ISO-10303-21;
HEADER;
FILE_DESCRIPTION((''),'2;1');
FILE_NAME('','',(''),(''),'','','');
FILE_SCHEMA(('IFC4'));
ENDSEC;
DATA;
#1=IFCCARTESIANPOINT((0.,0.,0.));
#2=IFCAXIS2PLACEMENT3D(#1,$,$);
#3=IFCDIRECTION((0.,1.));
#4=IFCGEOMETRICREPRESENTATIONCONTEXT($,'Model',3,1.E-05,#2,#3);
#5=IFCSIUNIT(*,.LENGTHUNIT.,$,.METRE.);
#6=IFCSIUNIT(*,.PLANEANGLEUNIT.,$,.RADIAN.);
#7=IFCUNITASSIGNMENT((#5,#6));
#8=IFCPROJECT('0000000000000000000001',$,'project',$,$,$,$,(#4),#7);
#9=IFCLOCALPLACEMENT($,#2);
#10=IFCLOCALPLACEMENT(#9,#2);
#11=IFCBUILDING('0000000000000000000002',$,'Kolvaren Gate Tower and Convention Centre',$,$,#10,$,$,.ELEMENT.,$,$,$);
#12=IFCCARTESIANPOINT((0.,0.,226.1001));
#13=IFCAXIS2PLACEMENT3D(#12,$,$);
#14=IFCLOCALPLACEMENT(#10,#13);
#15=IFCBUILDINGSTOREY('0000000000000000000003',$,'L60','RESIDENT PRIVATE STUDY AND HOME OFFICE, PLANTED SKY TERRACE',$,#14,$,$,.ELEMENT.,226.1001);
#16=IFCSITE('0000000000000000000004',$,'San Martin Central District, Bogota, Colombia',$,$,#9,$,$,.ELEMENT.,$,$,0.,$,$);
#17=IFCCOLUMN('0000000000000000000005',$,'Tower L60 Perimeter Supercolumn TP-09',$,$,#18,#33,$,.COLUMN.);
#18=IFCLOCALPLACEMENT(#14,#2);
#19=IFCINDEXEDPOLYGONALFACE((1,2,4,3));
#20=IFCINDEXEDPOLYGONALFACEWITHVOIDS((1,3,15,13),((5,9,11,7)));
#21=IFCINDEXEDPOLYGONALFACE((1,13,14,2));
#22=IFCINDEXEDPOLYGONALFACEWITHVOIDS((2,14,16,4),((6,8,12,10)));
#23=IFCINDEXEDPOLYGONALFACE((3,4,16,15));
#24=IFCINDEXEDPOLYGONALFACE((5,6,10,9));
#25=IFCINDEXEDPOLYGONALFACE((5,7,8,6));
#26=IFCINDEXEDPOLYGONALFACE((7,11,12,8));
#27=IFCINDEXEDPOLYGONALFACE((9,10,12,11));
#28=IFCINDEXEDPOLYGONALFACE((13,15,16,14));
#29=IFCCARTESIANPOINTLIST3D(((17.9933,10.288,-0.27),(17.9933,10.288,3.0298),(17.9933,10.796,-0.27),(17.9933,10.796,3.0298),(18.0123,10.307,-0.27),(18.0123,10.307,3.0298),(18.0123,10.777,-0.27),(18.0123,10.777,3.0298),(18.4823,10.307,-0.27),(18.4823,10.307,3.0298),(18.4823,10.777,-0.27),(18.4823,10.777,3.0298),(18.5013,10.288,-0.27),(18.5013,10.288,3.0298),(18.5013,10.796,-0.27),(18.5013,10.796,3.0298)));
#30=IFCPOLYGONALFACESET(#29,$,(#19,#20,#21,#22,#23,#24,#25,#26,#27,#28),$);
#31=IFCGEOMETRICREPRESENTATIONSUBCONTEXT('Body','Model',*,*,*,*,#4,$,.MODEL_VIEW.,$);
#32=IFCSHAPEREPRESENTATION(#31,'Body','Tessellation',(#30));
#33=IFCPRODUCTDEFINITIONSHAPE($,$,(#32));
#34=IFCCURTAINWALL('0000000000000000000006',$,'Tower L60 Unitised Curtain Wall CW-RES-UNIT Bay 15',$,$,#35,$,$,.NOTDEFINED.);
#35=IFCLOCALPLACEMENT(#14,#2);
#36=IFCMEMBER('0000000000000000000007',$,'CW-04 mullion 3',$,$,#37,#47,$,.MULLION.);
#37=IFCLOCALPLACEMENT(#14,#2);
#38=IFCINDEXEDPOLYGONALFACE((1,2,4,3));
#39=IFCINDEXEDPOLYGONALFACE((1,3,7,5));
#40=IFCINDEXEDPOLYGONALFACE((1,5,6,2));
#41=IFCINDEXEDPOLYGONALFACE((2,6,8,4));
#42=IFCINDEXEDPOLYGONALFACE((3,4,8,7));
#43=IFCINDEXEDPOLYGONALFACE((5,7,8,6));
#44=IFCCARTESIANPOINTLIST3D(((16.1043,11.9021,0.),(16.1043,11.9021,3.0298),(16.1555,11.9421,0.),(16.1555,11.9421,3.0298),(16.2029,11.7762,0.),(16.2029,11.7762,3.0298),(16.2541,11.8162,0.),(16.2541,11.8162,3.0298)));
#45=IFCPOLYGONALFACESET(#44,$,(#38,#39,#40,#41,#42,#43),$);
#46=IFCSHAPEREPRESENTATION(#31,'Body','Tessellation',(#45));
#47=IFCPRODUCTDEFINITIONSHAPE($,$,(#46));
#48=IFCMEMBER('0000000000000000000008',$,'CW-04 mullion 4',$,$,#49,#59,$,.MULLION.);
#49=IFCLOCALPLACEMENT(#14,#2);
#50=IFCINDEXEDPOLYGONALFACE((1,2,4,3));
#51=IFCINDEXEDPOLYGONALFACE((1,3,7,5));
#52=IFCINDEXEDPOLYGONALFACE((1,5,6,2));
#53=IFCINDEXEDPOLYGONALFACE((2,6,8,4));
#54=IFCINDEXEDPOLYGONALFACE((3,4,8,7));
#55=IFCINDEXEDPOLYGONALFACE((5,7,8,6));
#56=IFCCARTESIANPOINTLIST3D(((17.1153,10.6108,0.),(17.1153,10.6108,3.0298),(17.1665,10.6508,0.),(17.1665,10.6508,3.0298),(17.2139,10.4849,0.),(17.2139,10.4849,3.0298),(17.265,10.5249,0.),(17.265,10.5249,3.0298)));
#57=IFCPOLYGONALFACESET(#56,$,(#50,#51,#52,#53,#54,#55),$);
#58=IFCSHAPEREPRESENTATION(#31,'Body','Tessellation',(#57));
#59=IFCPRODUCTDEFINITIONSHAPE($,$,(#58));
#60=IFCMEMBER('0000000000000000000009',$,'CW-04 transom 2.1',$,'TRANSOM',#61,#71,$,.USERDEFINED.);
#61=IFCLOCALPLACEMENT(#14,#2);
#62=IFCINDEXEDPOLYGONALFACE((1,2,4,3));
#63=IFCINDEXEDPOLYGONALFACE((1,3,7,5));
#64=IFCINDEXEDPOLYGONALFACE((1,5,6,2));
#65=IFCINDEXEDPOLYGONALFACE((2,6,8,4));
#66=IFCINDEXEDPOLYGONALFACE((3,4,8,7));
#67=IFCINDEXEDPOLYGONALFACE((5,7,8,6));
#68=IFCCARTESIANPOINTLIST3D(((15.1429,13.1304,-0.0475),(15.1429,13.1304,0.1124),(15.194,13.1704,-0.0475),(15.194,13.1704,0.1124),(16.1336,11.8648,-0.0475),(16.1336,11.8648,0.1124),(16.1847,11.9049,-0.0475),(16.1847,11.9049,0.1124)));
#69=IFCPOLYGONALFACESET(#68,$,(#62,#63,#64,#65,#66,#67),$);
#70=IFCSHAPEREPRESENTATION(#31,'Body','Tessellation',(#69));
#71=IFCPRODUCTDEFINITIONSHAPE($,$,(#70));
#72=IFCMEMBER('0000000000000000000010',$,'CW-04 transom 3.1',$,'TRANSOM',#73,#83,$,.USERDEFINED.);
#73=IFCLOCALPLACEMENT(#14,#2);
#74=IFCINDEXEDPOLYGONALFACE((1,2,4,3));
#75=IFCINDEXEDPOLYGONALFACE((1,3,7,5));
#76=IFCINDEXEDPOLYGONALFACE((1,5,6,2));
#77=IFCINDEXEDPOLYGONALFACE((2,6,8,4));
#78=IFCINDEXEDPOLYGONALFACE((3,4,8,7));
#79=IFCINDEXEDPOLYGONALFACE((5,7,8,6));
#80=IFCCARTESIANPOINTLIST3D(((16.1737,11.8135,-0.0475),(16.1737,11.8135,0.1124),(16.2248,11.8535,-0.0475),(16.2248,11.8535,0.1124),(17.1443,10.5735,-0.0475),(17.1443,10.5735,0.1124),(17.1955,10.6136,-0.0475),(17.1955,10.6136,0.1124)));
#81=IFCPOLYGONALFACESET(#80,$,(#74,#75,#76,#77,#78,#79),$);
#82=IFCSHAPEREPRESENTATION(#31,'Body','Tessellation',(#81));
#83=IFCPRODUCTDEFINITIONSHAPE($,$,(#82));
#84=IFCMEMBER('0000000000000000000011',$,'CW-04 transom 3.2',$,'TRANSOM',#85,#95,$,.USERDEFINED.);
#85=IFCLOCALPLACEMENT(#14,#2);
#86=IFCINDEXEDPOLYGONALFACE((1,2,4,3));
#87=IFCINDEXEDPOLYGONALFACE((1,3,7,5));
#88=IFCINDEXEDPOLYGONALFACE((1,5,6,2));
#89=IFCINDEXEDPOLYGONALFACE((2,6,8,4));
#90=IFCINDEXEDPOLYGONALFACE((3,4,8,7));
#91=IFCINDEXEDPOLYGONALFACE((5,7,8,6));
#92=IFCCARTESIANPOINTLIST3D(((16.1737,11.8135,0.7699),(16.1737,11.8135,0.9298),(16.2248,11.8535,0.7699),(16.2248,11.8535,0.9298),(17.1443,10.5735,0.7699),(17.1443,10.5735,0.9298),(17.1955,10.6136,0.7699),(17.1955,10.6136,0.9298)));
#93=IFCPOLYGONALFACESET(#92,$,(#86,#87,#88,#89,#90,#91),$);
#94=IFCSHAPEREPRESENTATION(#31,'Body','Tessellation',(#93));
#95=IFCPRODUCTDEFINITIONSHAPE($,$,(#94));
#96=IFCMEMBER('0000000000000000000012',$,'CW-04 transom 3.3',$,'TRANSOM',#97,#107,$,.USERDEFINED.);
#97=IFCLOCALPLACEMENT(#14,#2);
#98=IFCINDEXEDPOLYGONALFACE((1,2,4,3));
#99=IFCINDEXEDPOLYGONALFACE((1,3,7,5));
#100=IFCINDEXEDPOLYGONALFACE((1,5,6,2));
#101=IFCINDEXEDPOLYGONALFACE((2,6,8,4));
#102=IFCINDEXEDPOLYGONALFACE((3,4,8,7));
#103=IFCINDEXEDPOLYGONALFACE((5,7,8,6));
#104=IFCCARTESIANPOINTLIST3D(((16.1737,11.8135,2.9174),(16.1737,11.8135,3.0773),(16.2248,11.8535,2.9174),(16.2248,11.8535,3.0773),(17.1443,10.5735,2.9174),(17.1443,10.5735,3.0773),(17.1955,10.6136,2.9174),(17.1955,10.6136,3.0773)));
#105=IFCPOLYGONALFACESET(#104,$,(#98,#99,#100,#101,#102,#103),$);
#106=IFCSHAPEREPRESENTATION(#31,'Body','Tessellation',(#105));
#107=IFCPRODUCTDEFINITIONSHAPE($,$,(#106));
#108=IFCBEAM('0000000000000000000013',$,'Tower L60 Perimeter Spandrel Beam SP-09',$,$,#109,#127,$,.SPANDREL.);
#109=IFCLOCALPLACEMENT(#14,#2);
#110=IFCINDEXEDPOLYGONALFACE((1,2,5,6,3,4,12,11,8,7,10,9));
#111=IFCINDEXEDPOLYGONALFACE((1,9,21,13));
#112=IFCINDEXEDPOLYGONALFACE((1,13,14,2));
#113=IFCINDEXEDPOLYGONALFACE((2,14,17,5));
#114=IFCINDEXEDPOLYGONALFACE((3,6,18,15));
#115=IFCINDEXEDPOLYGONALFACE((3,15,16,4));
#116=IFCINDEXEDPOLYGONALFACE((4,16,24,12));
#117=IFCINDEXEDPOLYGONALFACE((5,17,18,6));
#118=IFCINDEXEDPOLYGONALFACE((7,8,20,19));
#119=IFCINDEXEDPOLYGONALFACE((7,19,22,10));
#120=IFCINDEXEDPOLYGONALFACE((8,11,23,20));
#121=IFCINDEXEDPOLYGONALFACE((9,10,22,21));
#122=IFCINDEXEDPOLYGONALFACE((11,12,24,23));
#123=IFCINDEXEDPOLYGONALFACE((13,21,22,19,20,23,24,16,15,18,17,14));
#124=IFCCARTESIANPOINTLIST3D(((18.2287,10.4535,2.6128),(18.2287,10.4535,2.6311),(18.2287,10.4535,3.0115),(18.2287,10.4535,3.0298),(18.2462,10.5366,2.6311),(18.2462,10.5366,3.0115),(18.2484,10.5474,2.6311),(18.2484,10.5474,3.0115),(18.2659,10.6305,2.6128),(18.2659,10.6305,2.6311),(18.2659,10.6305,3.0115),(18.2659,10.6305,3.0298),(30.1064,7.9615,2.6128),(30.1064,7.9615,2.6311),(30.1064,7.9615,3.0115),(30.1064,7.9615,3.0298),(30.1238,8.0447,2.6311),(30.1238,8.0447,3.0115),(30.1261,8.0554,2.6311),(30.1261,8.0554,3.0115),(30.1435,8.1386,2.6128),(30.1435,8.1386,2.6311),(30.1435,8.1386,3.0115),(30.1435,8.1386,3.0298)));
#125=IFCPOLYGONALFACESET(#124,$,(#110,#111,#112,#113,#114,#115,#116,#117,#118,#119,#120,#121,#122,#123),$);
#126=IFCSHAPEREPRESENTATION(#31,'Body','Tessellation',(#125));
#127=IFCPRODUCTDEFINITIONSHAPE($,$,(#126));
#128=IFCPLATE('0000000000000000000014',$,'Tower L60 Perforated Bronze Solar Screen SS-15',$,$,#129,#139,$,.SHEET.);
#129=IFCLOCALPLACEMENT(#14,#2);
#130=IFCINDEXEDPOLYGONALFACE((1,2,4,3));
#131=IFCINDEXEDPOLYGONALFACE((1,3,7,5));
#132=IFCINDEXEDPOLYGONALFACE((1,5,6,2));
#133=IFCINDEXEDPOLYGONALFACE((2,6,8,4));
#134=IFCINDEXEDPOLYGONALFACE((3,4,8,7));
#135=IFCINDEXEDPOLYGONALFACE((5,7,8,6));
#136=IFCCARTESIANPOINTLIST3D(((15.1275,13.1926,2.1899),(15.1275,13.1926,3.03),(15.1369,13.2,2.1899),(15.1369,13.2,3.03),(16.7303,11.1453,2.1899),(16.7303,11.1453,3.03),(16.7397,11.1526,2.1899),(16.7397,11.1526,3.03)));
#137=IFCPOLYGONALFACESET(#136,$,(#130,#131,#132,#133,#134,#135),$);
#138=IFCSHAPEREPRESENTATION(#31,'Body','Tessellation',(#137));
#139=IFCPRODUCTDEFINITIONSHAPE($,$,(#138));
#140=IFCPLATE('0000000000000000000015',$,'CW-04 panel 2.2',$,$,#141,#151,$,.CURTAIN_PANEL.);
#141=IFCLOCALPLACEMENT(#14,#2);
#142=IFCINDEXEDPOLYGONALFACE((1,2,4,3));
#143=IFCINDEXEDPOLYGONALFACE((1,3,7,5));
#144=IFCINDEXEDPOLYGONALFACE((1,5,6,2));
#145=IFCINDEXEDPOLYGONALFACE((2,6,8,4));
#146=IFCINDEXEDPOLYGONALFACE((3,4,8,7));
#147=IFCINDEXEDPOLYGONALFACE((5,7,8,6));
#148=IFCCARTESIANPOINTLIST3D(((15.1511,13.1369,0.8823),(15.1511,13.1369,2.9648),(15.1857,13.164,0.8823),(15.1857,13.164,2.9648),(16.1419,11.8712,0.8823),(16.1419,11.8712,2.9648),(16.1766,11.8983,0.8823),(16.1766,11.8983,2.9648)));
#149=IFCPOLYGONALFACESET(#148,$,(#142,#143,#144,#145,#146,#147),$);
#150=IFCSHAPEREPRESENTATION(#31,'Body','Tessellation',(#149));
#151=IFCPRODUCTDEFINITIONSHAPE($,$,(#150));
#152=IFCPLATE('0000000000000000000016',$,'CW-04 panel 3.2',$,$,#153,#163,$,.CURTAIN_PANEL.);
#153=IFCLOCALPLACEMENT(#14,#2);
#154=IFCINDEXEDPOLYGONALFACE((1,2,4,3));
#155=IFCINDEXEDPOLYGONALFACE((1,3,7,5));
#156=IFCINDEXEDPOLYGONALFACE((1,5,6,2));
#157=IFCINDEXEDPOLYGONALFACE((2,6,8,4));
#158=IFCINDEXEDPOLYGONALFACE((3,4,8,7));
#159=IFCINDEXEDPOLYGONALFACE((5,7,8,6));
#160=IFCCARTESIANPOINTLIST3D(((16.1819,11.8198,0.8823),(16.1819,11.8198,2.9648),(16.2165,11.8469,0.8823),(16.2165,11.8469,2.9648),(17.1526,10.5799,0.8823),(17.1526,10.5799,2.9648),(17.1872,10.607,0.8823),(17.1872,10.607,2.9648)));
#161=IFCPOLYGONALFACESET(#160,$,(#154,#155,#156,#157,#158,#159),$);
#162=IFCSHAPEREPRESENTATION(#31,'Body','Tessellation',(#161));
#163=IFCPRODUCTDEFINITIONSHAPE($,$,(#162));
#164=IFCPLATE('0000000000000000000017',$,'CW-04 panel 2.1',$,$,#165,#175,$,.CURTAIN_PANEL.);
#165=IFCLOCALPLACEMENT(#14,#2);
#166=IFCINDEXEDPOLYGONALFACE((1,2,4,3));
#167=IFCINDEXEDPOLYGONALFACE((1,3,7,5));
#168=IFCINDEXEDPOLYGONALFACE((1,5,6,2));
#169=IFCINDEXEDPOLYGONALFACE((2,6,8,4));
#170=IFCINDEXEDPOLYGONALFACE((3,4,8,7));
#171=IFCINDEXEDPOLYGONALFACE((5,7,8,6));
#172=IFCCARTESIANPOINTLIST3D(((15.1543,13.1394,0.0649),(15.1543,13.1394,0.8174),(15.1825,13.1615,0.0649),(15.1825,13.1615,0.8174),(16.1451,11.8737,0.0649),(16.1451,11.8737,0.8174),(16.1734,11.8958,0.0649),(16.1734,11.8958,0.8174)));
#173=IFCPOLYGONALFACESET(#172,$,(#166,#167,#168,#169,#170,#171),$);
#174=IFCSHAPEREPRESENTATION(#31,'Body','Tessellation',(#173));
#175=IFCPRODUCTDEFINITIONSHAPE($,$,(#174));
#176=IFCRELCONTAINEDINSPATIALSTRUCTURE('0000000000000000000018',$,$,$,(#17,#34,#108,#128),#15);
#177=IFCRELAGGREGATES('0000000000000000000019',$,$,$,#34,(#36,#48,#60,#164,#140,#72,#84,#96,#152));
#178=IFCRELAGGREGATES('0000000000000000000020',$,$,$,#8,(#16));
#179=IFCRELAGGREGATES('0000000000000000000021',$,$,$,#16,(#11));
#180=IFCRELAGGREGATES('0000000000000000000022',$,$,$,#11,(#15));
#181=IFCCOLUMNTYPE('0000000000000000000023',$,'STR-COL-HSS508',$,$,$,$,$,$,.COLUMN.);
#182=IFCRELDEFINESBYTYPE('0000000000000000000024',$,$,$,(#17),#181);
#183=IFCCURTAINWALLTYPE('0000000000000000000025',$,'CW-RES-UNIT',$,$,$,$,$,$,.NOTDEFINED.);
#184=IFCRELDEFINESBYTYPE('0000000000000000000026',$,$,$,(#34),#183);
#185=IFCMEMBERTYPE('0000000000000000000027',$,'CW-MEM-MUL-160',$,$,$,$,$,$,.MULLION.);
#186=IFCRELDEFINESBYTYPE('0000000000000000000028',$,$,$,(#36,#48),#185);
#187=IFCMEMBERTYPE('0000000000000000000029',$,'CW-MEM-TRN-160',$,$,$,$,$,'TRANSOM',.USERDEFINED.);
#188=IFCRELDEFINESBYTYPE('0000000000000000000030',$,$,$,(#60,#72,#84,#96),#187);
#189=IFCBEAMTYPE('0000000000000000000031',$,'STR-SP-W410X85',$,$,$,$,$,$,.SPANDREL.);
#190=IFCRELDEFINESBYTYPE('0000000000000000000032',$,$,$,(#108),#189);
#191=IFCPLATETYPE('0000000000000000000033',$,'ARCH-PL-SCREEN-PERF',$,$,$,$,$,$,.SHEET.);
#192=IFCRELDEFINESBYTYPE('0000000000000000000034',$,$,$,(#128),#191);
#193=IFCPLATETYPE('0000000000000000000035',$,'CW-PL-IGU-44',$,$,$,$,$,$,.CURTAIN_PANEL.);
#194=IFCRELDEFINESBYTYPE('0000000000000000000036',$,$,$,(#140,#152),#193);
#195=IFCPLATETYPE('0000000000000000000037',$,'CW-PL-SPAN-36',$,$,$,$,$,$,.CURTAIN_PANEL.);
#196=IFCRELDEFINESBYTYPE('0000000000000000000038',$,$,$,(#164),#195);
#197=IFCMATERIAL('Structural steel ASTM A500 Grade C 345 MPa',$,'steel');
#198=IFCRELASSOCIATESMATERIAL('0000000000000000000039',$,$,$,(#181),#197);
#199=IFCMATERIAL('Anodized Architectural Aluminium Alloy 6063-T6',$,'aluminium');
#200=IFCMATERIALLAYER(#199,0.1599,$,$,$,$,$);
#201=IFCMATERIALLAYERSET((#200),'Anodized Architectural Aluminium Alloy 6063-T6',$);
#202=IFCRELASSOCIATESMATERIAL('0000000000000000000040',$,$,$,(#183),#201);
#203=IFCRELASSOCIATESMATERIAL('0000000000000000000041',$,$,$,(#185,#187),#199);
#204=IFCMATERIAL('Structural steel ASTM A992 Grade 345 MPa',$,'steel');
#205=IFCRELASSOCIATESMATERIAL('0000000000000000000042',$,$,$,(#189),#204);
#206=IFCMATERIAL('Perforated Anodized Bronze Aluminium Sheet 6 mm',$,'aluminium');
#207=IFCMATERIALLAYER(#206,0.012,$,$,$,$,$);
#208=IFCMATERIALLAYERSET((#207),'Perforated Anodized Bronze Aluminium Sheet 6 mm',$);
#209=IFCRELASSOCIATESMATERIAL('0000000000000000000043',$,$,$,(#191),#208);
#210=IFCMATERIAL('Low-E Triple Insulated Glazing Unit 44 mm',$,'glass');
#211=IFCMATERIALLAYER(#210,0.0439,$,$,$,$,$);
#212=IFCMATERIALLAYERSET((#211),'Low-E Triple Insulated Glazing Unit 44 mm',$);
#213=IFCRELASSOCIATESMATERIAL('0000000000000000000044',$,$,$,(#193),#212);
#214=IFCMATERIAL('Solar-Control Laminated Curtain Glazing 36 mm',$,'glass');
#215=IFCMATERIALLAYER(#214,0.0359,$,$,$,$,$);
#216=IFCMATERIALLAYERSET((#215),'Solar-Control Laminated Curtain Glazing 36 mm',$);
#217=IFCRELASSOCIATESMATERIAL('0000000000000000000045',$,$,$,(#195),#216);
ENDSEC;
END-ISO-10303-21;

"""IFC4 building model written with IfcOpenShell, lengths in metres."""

from ifc_helpers import new_model, si_unit, direction, frame, origin, origin_2d, place, context, subcontext, project, spatial, rectangle, hollow_rectangle, i_section, extrude, material, layer, layer_set, material_profile, profile_set, type_object, element, aggregate, save


model = new_model("IFC4")

# Units and contexts
model_context = context("Model", 3, precision=1e-05, world=origin(), true_north=direction((0.0, 1.0)))
body_context = subcontext(model_context, "Body", "Model", "MODEL_VIEW")
ifc_project = project(units=[si_unit("LENGTHUNIT", "METRE"), si_unit("PLANEANGLEUNIT", "RADIAN")], contexts=[model_context])

# Site, building, storey
site_placement = place(None, origin())
site = spatial("IfcSite", under=ifc_project, at=site_placement, Name="San Martin Central District, Bogota, Colombia", CompositionType="ELEMENT", RefElevation=0.0)
building_placement = place(site_placement, origin())
building = spatial("IfcBuilding", under=site, at=building_placement, Name="Kolvaren Gate Tower and Convention Centre", CompositionType="ELEMENT")
storey_placement = place(building_placement, frame((0.0, 0.0, 226.1001)))
storey = spatial("IfcBuildingStorey", under=building, at=storey_placement, Name="L60", Description="RESIDENT PRIVATE STUDY AND HOME OFFICE, PLANTED SKY TERRACE", CompositionType="ELEMENT", Elevation=226.1001)

# Column
ifc_material_1 = material(Name="Structural steel ASTM A500 Grade C 345 MPa", Category="steel")
ifc_material_profile_1 = material_profile(ifc_material_1, hollow_rectangle(XDim=0.5081, YDim=0.5081, WallThickness=0.019, at=origin_2d()), Name="HSS508X508X19.1")
ifc_profile_set_1 = profile_set([ifc_material_profile_1], Name="Structural steel ASTM A500 Grade C 345 MPa")
column_type = type_object("IfcColumnType", Name="STR-COL-HSS508", PredefinedType="COLUMN", material=ifc_profile_set_1)
column_placement = place(storey_placement, frame((18.2473, 10.542, -0.27), z_axis=(0.0, 0.0, 1.0), x_axis=(1.0, 0.0, 0.0)))
element("IfcColumn", 1, at=column_placement, inside=storey, type_object=column_type, Name="Tower L60 Perimeter Supercolumn TP-09", PredefinedType="COLUMN", context=body_context, shape_type="SweptSolid", body=[
    extrude(hollow_rectangle(XDim=0.5081, YDim=0.5081, WallThickness=0.019, at=origin_2d()), origin(), (0.0, 0.0, 1.0), 3.2998),
])

# Curtain wall, members
ifc_material_2 = material(Name="Anodized Architectural Aluminium Alloy 6063-T6", Category="aluminium")
ifc_layer_1 = layer(ifc_material_2, 0.1599)
ifc_layer_set_1 = layer_set([ifc_layer_1], Name="Anodized Architectural Aluminium Alloy 6063-T6")
curtain_wall_type = type_object("IfcCurtainWallType", Name="CW-RES-UNIT", PredefinedType="NOTDEFINED", material=ifc_layer_set_1)
curtain_wall_placement = place(storey_placement, origin())
curtain_wall = element("IfcCurtainWall", 2, at=curtain_wall_placement, inside=storey, type_object=curtain_wall_type, Name="Tower L60 Unitised Curtain Wall CW-RES-UNIT Bay 15", PredefinedType="NOTDEFINED")
ifc_material_profile_2 = material_profile(ifc_material_2, rectangle(XDim=0.0649, YDim=0.1599, at=origin_2d()), Name="CW-MEM-MUL-160")
ifc_profile_set_2 = profile_set([ifc_material_profile_2], Name="Anodized Architectural Aluminium Alloy 6063-T6")
member_type_1 = type_object("IfcMemberType", Name="CW-MEM-MUL-160", PredefinedType="MULLION", material=ifc_profile_set_2)
member_1_placement = place(storey_placement, frame((16.1792, 11.8591, 0.0), z_axis=(0.0, 0.0, 1.0), x_axis=(0.78741, 0.61643, 0.0)))
member_1 = element("IfcMember", 3, at=member_1_placement, type_object=member_type_1, Name="CW-04 mullion 3", PredefinedType="MULLION", context=body_context, shape_type="SweptSolid", body=[
    extrude(rectangle(XDim=0.0649, YDim=0.1599, at=origin_2d()), origin(), (0.0, 0.0, 1.0), 3.0298),
])
member_2_placement = place(storey_placement, frame((17.1902, 10.5679, 0.0), z_axis=(0.0, 0.0, 1.0), x_axis=(0.78741, 0.61643, 0.0)))
member_2 = element("IfcMember", 4, at=member_2_placement, type_object=member_type_1, Name="CW-04 mullion 4", PredefinedType="MULLION", context=body_context, shape_type="SweptSolid", body=[
    extrude(rectangle(XDim=0.0649, YDim=0.1599, at=origin_2d()), origin(), (0.0, 0.0, 1.0), 3.0298),
])
ifc_material_profile_3 = material_profile(ifc_material_2, rectangle(XDim=0.0649, YDim=0.1599, at=origin_2d()), Name="CW-MEM-TRN-160")
ifc_profile_set_3 = profile_set([ifc_material_profile_3], Name="Anodized Architectural Aluminium Alloy 6063-T6")
member_type_2 = type_object("IfcMemberType", Name="CW-MEM-TRN-160", ElementType="TRANSOM", PredefinedType="USERDEFINED", material=ifc_profile_set_3)
member_3_placement = place(storey_placement, frame((15.1685, 13.1504, 0.0325), z_axis=(0.616398, -0.787434, 0.0), x_axis=(0.787434, 0.616398, 0.0)))
member_3 = element("IfcMember", 5, at=member_3_placement, type_object=member_type_2, Name="CW-04 transom 2.1", ObjectType="TRANSOM", PredefinedType="USERDEFINED", context=body_context, shape_type="SweptSolid", body=[
    extrude(rectangle(XDim=0.0649, YDim=0.1599, at=origin_2d()), origin(), (0.0, 0.0, 1.0), 1.6072),
])
member_4_placement = place(storey_placement, frame((16.1992, 11.8335, 0.0325), z_axis=(0.616417, -0.78742, 0.0), x_axis=(0.78742, 0.616417, 0.0)))
member_4 = element("IfcMember", 6, at=member_4_placement, type_object=member_type_2, Name="CW-04 transom 3.1", ObjectType="TRANSOM", PredefinedType="USERDEFINED", context=body_context, shape_type="SweptSolid", body=[
    extrude(rectangle(XDim=0.0649, YDim=0.1599, at=origin_2d()), origin(), (0.0, 0.0, 1.0), 1.5747),
])
member_5_placement = place(storey_placement, frame((16.1992, 11.8335, 0.8499), z_axis=(0.616417, -0.78742, 0.0), x_axis=(0.78742, 0.616417, 0.0)))
member_5 = element("IfcMember", 7, at=member_5_placement, type_object=member_type_2, Name="CW-04 transom 3.2", ObjectType="TRANSOM", PredefinedType="USERDEFINED", context=body_context, shape_type="SweptSolid", body=[
    extrude(rectangle(XDim=0.0649, YDim=0.1599, at=origin_2d()), origin(), (0.0, 0.0, 1.0), 1.5747),
])
member_6_placement = place(storey_placement, frame((16.1992, 11.8335, 2.9973), z_axis=(0.616417, -0.78742, 0.0), x_axis=(0.78742, 0.616417, 0.0)))
member_6 = element("IfcMember", 8, at=member_6_placement, type_object=member_type_2, Name="CW-04 transom 3.3", ObjectType="TRANSOM", PredefinedType="USERDEFINED", context=body_context, shape_type="SweptSolid", body=[
    extrude(rectangle(XDim=0.0649, YDim=0.1599, at=origin_2d()), origin(), (0.0, 0.0, 1.0), 1.5747),
])

# Beam
ifc_material_3 = material(Name="Structural steel ASTM A992 Grade 345 MPa", Category="steel")
ifc_material_profile_4 = material_profile(ifc_material_3, i_section(OverallWidth=0.1809, OverallDepth=0.417, WebThickness=0.011, FlangeThickness=0.0183, at=origin_2d()), Name="W410X85")
ifc_profile_set_4 = profile_set([ifc_material_profile_4], Name="Structural steel ASTM A992 Grade 345 MPa")
beam_type = type_object("IfcBeamType", Name="STR-SP-W410X85", PredefinedType="SPANDREL", material=ifc_profile_set_4)
beam_placement = place(storey_placement, frame((18.2473, 10.542, 2.8213), z_axis=(0.978693, -0.20533, 0.0), x_axis=(0.20533, 0.978693, 0.0)))
element("IfcBeam", 9, at=beam_placement, inside=storey, type_object=beam_type, Name="Tower L60 Perimeter Spandrel Beam SP-09", PredefinedType="SPANDREL", context=body_context, shape_type="SweptSolid", body=[
    extrude(i_section(OverallWidth=0.1809, OverallDepth=0.417, WebThickness=0.011, FlangeThickness=0.0183, at=origin_2d()), origin(), (0.0, 0.0, 1.0), 12.1362),
])

# Plates
ifc_material_4 = material(Name="Perforated Anodized Bronze Aluminium Sheet 6 mm", Category="aluminium")
ifc_layer_2 = layer(ifc_material_4, 0.012)
ifc_layer_set_2 = layer_set([ifc_layer_2], Name="Perforated Anodized Bronze Aluminium Sheet 6 mm")
plate_type_1 = type_object("IfcPlateType", Name="ARCH-PL-SCREEN-PERF", PredefinedType="SHEET", material=ifc_layer_set_2)
plate_1_placement = place(storey_placement, frame((15.9336, 12.1726, 2.1899), z_axis=(0.0, 0.0, 1.0), x_axis=(0.616434, -0.787406, 0.0)))
element("IfcPlate", 10, at=plate_1_placement, inside=storey, type_object=plate_type_1, Name="Tower L60 Perforated Bronze Solar Screen SS-15", PredefinedType="SHEET", context=body_context, shape_type="SweptSolid", body=[
    extrude(rectangle(XDim=2.6001, YDim=0.012, at=origin_2d()), origin(), (0.0, 0.0, 1.0), 0.8401),
])
ifc_material_5 = material(Name="Low-E Triple Insulated Glazing Unit 44 mm", Category="glass")
ifc_layer_3 = layer(ifc_material_5, 0.0439)
ifc_layer_set_3 = layer_set([ifc_layer_3], Name="Low-E Triple Insulated Glazing Unit 44 mm")
plate_type_2 = type_object("IfcPlateType", Name="CW-PL-IGU-44", PredefinedType="CURTAIN_PANEL", material=ifc_layer_set_3)
plate_2_placement = place(storey_placement, frame((15.6638, 12.5176, 0.8823), z_axis=(0.0, 0.0, 1.0), x_axis=(0.61643, -0.78741, 0.0)))
plate_2 = element("IfcPlate", 11, at=plate_2_placement, type_object=plate_type_2, Name="CW-04 panel 2.2", PredefinedType="CURTAIN_PANEL", context=body_context, shape_type="SweptSolid", body=[
    extrude(rectangle(XDim=1.6074, YDim=0.0439, at=origin_2d()), origin(), (0.0, 0.0, 1.0), 2.0825),
])
plate_3_placement = place(storey_placement, frame((16.6846, 11.2134, 0.8823), z_axis=(0.0, 0.0, 1.0), x_axis=(0.61643, -0.78741, 0.0)))
plate_3 = element("IfcPlate", 12, at=plate_3_placement, type_object=plate_type_2, Name="CW-04 panel 3.2", PredefinedType="CURTAIN_PANEL", context=body_context, shape_type="SweptSolid", body=[
    extrude(rectangle(XDim=1.5747, YDim=0.0439, at=origin_2d()), origin(), (0.0, 0.0, 1.0), 2.0825),
])
ifc_material_6 = material(Name="Solar-Control Laminated Curtain Glazing 36 mm", Category="glass")
ifc_layer_4 = layer(ifc_material_6, 0.0359)
ifc_layer_set_4 = layer_set([ifc_layer_4], Name="Solar-Control Laminated Curtain Glazing 36 mm")
plate_type_3 = type_object("IfcPlateType", Name="CW-PL-SPAN-36", PredefinedType="CURTAIN_PANEL", material=ifc_layer_set_4)
plate_4_placement = place(storey_placement, frame((15.6638, 12.5176, 0.0649), z_axis=(0.0, 0.0, 1.0), x_axis=(0.61643, -0.78741, 0.0)))
plate_4 = element("IfcPlate", 13, at=plate_4_placement, type_object=plate_type_3, Name="CW-04 panel 2.1", PredefinedType="CURTAIN_PANEL", context=body_context, shape_type="SweptSolid", body=[
    extrude(rectangle(XDim=1.6074, YDim=0.0359, at=origin_2d()), origin(), (0.0, 0.0, 1.0), 0.7524),
])
aggregate(curtain_wall, [member_1, member_2, member_3, plate_4, plate_2, member_4, member_5, member_6, plate_3])

save(model, "model.ifc")
